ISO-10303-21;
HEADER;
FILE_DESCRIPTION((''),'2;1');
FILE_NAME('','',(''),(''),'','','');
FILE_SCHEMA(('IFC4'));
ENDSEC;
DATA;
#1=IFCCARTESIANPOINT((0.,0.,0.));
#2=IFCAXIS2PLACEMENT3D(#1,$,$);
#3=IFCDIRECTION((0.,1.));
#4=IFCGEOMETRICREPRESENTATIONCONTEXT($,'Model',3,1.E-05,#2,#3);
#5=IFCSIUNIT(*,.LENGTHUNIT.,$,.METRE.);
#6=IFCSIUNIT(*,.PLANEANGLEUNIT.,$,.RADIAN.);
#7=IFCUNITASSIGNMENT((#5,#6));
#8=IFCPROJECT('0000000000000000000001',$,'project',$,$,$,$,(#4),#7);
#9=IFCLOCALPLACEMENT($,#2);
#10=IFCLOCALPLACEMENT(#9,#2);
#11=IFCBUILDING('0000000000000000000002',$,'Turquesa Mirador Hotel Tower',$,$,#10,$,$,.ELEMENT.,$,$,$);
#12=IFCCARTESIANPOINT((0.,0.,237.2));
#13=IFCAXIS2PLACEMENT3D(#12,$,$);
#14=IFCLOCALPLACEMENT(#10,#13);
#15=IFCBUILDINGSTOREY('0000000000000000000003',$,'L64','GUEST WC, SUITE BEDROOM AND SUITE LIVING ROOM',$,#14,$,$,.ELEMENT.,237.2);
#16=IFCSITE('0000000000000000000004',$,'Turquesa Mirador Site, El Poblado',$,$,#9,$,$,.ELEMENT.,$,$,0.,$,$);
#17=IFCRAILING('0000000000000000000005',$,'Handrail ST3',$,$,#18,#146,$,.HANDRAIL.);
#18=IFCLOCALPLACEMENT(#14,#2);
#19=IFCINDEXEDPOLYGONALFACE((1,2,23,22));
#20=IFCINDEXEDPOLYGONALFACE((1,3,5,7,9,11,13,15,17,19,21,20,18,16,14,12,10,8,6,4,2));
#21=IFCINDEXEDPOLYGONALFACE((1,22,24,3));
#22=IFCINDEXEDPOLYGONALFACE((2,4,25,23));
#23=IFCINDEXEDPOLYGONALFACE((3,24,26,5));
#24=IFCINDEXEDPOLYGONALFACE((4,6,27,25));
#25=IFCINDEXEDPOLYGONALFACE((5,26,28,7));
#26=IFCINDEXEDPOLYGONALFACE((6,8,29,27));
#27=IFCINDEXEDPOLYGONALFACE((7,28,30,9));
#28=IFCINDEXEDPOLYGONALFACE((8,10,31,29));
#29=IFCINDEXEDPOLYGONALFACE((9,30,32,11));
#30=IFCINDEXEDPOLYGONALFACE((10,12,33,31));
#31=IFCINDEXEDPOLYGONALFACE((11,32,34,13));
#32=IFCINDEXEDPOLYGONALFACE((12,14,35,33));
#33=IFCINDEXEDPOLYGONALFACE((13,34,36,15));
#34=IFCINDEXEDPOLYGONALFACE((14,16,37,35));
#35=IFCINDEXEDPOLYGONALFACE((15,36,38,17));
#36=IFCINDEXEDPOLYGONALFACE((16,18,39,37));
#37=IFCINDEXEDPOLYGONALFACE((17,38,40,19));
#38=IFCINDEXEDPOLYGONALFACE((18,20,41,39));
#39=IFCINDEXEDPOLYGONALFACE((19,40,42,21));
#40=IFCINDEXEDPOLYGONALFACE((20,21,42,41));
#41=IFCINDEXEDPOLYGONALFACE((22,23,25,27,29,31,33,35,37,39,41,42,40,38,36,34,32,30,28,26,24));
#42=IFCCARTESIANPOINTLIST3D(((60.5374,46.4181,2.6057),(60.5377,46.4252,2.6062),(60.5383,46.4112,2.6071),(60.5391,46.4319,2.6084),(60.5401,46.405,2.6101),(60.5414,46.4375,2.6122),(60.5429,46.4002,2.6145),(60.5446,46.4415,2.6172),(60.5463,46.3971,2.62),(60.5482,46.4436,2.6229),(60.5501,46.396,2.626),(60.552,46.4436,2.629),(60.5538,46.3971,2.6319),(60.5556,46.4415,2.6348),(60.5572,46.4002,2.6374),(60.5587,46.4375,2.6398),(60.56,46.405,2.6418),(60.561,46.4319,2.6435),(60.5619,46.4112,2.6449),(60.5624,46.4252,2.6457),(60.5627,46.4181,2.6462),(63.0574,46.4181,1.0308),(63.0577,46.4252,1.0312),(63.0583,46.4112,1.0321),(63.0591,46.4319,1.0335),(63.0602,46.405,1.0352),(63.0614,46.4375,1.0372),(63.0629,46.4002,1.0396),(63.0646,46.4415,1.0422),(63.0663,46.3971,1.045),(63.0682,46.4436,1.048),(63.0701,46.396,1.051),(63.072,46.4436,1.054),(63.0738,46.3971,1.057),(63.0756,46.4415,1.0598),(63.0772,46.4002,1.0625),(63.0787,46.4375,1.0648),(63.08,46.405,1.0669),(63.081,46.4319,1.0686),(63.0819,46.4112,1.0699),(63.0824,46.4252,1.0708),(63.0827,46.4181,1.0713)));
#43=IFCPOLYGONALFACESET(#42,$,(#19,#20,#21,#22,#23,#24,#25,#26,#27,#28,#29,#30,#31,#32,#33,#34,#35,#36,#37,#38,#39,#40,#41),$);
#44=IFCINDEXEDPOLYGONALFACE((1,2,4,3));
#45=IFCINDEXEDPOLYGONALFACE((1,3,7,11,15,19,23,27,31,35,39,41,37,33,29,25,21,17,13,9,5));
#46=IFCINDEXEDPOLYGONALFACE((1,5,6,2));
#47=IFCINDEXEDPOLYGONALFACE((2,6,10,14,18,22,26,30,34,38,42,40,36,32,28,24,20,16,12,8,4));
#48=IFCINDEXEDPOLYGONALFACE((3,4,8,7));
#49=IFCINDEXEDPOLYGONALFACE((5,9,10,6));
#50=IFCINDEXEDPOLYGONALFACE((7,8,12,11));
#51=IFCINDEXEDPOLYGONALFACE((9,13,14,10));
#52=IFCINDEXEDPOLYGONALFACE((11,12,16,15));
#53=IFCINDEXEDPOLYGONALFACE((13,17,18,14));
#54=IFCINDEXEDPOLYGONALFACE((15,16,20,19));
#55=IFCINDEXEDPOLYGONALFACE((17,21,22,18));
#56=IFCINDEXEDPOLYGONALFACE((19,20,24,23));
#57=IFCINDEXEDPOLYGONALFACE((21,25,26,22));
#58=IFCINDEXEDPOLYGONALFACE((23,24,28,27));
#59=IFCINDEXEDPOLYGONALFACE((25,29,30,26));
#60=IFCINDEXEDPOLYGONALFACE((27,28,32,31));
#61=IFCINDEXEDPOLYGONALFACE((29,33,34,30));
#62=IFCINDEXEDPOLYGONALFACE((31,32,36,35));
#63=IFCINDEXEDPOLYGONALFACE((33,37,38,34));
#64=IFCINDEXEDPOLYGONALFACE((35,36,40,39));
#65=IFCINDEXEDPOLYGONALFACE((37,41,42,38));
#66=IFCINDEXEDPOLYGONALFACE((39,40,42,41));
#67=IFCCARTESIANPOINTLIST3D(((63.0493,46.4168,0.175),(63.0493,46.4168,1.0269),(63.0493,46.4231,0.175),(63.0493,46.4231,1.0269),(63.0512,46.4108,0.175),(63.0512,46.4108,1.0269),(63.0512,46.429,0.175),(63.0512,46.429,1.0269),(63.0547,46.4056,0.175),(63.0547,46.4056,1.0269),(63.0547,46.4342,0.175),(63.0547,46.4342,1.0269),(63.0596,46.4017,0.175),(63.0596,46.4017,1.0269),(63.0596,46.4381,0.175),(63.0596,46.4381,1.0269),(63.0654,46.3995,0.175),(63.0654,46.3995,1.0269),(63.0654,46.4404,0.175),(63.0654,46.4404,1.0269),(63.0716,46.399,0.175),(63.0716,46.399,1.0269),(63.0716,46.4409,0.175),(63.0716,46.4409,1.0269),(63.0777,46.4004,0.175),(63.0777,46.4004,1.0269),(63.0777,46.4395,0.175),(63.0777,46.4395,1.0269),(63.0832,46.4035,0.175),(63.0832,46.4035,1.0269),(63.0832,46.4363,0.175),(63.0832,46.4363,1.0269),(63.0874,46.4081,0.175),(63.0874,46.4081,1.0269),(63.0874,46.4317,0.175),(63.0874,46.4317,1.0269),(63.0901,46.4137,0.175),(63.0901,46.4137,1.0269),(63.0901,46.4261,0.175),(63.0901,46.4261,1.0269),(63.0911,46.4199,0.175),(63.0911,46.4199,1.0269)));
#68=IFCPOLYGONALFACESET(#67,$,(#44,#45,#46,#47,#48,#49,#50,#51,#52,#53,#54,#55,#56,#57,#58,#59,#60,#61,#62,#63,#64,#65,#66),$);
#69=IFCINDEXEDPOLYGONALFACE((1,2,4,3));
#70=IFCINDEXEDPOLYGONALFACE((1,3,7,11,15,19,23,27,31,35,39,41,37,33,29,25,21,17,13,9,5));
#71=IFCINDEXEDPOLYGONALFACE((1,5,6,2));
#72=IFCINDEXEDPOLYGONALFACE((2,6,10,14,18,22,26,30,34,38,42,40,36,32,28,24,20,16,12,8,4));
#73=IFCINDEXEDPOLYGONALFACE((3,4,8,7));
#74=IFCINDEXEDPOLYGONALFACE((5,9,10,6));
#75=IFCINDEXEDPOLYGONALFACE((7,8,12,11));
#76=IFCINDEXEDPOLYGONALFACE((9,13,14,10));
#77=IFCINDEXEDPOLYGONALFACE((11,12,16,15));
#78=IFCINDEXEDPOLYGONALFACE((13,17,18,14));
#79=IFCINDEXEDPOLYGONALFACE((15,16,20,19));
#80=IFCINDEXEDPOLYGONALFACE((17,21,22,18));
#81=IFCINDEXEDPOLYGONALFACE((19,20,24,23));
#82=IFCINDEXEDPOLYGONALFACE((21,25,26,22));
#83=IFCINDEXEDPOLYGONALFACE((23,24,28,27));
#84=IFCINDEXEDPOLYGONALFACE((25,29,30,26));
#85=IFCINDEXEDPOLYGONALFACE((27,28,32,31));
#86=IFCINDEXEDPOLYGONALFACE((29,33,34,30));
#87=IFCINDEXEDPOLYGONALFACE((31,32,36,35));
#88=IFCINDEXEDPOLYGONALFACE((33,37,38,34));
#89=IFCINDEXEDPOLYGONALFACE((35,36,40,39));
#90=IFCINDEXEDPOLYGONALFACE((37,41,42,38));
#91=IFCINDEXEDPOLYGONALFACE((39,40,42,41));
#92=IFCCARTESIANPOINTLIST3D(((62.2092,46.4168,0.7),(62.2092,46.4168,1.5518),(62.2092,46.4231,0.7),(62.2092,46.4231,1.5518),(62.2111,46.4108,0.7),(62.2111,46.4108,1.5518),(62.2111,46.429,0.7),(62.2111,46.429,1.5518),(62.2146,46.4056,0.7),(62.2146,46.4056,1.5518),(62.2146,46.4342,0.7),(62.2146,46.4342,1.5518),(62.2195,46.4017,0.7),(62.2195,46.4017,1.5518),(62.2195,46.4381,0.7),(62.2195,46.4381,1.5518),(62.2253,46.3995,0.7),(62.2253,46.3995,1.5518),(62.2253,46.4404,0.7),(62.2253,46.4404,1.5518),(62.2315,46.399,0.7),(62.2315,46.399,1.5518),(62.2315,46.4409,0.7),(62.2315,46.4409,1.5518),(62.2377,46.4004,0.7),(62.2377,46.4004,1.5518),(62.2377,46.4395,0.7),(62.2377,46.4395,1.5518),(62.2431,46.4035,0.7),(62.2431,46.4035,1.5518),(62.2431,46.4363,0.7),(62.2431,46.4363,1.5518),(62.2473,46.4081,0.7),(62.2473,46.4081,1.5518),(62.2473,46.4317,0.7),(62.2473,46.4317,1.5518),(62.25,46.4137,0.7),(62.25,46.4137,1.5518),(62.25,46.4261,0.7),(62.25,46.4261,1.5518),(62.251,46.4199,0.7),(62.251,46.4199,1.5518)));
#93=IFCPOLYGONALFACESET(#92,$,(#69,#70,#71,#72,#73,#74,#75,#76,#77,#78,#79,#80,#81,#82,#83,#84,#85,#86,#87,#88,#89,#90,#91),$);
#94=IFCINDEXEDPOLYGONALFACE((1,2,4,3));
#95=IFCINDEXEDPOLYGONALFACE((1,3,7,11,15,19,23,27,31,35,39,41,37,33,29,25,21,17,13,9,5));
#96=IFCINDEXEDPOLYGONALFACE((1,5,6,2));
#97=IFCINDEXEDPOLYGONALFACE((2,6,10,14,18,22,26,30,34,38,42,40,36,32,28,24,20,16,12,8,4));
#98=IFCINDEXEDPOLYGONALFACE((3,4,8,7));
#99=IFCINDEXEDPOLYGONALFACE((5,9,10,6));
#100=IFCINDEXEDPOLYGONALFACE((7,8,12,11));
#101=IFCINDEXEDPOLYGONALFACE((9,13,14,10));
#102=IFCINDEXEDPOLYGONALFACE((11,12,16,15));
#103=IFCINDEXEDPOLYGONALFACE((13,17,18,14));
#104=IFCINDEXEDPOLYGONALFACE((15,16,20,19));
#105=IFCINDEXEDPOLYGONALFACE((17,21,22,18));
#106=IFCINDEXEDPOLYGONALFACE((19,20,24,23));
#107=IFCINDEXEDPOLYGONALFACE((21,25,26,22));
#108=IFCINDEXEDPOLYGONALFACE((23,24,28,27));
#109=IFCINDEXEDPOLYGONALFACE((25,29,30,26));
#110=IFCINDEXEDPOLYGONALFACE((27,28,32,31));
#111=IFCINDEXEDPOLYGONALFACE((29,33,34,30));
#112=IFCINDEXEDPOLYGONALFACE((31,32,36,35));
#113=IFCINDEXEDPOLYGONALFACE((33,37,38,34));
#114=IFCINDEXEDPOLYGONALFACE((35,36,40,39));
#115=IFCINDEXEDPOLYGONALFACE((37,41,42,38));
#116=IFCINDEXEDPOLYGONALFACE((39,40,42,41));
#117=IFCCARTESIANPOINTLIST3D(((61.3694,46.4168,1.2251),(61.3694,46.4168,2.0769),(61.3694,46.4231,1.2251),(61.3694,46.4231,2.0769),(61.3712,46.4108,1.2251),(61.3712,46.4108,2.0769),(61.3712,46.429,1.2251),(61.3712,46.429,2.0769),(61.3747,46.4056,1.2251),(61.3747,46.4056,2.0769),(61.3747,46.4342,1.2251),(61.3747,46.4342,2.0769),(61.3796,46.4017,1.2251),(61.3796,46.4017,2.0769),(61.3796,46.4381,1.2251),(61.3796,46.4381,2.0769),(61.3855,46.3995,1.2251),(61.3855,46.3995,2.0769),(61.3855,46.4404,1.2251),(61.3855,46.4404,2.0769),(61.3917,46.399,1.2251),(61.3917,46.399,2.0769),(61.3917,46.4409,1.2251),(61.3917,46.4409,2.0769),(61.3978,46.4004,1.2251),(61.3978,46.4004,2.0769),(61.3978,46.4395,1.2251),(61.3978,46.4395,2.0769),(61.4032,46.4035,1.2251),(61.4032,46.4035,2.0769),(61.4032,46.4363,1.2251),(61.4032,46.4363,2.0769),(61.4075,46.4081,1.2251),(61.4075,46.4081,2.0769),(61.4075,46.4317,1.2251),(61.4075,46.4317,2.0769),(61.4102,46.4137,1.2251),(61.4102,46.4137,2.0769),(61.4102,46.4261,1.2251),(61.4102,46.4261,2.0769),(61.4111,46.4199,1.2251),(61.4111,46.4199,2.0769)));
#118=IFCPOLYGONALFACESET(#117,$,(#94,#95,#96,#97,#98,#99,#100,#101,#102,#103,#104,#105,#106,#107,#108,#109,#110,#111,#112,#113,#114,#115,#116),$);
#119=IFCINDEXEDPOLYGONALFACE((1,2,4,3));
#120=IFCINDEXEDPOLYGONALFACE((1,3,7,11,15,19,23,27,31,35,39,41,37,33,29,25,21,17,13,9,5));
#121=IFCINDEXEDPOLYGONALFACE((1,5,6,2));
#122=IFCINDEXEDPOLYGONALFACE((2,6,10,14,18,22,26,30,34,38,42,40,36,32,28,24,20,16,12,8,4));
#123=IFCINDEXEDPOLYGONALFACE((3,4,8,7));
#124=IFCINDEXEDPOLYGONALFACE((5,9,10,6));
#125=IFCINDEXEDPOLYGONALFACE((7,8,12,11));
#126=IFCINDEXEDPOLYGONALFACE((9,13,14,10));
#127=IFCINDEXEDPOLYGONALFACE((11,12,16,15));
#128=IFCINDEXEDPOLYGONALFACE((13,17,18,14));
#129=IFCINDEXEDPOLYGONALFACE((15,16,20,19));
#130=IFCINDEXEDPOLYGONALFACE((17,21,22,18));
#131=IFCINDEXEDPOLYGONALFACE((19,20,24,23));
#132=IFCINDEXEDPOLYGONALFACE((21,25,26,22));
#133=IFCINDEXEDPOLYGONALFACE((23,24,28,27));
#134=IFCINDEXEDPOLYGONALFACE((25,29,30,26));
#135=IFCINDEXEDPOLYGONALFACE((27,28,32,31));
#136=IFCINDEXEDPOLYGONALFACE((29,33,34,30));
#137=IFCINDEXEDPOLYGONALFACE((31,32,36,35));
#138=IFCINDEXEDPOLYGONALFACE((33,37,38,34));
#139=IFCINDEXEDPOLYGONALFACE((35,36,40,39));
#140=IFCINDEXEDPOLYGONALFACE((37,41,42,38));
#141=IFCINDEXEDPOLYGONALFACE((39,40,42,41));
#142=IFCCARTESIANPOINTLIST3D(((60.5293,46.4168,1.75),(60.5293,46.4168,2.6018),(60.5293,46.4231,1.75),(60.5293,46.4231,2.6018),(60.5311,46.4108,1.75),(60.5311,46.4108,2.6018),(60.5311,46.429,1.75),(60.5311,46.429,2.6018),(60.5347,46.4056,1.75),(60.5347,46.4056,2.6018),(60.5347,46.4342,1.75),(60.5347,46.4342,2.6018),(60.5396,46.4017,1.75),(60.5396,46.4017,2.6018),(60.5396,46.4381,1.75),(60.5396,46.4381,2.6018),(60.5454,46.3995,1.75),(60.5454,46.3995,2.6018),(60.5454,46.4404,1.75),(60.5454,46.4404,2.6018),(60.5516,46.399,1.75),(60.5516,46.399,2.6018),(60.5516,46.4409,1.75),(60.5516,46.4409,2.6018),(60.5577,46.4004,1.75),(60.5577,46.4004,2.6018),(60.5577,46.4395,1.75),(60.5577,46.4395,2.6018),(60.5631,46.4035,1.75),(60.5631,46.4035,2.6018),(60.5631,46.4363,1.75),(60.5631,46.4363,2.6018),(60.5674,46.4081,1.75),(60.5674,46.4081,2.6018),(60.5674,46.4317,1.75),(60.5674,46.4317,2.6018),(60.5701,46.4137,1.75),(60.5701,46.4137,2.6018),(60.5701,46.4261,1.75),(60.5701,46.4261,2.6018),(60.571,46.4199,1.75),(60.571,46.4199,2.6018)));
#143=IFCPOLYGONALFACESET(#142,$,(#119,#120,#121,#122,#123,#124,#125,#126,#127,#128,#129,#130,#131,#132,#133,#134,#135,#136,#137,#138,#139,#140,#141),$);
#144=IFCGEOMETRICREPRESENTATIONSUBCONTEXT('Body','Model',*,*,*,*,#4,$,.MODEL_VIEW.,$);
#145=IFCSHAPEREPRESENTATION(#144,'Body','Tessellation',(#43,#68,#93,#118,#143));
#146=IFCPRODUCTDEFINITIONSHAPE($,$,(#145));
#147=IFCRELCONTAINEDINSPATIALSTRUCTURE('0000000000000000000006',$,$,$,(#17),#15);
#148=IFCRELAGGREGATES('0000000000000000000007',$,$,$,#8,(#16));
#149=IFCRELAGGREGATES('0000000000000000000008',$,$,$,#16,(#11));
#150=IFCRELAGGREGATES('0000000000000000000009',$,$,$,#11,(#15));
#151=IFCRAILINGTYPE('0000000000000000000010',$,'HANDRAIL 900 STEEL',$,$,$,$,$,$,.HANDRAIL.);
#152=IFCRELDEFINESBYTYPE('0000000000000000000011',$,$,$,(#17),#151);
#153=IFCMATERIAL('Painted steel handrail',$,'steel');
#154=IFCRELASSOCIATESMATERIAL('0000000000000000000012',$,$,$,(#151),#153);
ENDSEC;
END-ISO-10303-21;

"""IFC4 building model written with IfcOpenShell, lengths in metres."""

from ifc_helpers import new_model, si_unit, direction, frame, origin, origin_2d, place, context, subcontext, project, spatial, circle, extrude, material, type_object, element, save


model = new_model("IFC4")

# Units and contexts
model_context = context("Model", 3, precision=1e-05, world=origin(), true_north=direction((0.0, 1.0)))
body_context = subcontext(model_context, "Body", "Model", "MODEL_VIEW")
ifc_project = project(units=[si_unit("LENGTHUNIT", "METRE"), si_unit("PLANEANGLEUNIT", "RADIAN")], contexts=[model_context])

# Site, building, storey
site_placement = place(None, origin())
site = spatial("IfcSite", under=ifc_project, at=site_placement, Name="Turquesa Mirador Site, El Poblado", CompositionType="ELEMENT", RefElevation=0.0)
building_placement = place(site_placement, origin())
building = spatial("IfcBuilding", under=site, at=building_placement, Name="Turquesa Mirador Hotel Tower", CompositionType="ELEMENT")
storey_placement = place(building_placement, frame((0.0, 0.0, 237.2)))
storey = spatial("IfcBuildingStorey", under=building, at=storey_placement, Name="L64", Description="GUEST WC, SUITE BEDROOM AND SUITE LIVING ROOM", CompositionType="ELEMENT", Elevation=237.2)

# Railing
ifc_material_1 = material(Name="Painted steel handrail", Category="steel")
railing_type = type_object("IfcRailingType", Name="HANDRAIL 900 STEEL", PredefinedType="HANDRAIL", material=ifc_material_1)
railing_1_placement = place(storey_placement, frame((63.0701, 46.4199, 0.175)))
element("IfcRailing", 1, at=railing_1_placement, inside=storey, type_object=railing_type, Name="Handrail ST3", PredefinedType="HANDRAIL", context=body_context, shape_type="SweptSolid", body=[
    extrude(circle(Radius=0.0239, at=origin_2d()), frame((0.0, 0.0, 0.876), z_axis=(-0.848008, 0.0, 0.529984), x_axis=(0.0, -1.0, 0.0)), (0.0, 0.0, 1.0), 2.9717),
    extrude(circle(Radius=0.021, at=origin_2d()), origin(), (0.0, 0.0, 1.0), 0.8518),
    extrude(circle(Radius=0.021, at=origin_2d()), frame((-0.8401, 0.0, 0.5249)), (0.0, 0.0, 1.0), 0.8518),
    extrude(circle(Radius=0.021, at=origin_2d()), frame((-1.6799, 0.0, 1.05)), (0.0, 0.0, 1.0), 0.8518),
    extrude(circle(Radius=0.021, at=origin_2d()), frame((-2.52, 0.0, 1.575)), (0.0, 0.0, 1.0), 0.8518),
])

save(model, "model.ifc")
